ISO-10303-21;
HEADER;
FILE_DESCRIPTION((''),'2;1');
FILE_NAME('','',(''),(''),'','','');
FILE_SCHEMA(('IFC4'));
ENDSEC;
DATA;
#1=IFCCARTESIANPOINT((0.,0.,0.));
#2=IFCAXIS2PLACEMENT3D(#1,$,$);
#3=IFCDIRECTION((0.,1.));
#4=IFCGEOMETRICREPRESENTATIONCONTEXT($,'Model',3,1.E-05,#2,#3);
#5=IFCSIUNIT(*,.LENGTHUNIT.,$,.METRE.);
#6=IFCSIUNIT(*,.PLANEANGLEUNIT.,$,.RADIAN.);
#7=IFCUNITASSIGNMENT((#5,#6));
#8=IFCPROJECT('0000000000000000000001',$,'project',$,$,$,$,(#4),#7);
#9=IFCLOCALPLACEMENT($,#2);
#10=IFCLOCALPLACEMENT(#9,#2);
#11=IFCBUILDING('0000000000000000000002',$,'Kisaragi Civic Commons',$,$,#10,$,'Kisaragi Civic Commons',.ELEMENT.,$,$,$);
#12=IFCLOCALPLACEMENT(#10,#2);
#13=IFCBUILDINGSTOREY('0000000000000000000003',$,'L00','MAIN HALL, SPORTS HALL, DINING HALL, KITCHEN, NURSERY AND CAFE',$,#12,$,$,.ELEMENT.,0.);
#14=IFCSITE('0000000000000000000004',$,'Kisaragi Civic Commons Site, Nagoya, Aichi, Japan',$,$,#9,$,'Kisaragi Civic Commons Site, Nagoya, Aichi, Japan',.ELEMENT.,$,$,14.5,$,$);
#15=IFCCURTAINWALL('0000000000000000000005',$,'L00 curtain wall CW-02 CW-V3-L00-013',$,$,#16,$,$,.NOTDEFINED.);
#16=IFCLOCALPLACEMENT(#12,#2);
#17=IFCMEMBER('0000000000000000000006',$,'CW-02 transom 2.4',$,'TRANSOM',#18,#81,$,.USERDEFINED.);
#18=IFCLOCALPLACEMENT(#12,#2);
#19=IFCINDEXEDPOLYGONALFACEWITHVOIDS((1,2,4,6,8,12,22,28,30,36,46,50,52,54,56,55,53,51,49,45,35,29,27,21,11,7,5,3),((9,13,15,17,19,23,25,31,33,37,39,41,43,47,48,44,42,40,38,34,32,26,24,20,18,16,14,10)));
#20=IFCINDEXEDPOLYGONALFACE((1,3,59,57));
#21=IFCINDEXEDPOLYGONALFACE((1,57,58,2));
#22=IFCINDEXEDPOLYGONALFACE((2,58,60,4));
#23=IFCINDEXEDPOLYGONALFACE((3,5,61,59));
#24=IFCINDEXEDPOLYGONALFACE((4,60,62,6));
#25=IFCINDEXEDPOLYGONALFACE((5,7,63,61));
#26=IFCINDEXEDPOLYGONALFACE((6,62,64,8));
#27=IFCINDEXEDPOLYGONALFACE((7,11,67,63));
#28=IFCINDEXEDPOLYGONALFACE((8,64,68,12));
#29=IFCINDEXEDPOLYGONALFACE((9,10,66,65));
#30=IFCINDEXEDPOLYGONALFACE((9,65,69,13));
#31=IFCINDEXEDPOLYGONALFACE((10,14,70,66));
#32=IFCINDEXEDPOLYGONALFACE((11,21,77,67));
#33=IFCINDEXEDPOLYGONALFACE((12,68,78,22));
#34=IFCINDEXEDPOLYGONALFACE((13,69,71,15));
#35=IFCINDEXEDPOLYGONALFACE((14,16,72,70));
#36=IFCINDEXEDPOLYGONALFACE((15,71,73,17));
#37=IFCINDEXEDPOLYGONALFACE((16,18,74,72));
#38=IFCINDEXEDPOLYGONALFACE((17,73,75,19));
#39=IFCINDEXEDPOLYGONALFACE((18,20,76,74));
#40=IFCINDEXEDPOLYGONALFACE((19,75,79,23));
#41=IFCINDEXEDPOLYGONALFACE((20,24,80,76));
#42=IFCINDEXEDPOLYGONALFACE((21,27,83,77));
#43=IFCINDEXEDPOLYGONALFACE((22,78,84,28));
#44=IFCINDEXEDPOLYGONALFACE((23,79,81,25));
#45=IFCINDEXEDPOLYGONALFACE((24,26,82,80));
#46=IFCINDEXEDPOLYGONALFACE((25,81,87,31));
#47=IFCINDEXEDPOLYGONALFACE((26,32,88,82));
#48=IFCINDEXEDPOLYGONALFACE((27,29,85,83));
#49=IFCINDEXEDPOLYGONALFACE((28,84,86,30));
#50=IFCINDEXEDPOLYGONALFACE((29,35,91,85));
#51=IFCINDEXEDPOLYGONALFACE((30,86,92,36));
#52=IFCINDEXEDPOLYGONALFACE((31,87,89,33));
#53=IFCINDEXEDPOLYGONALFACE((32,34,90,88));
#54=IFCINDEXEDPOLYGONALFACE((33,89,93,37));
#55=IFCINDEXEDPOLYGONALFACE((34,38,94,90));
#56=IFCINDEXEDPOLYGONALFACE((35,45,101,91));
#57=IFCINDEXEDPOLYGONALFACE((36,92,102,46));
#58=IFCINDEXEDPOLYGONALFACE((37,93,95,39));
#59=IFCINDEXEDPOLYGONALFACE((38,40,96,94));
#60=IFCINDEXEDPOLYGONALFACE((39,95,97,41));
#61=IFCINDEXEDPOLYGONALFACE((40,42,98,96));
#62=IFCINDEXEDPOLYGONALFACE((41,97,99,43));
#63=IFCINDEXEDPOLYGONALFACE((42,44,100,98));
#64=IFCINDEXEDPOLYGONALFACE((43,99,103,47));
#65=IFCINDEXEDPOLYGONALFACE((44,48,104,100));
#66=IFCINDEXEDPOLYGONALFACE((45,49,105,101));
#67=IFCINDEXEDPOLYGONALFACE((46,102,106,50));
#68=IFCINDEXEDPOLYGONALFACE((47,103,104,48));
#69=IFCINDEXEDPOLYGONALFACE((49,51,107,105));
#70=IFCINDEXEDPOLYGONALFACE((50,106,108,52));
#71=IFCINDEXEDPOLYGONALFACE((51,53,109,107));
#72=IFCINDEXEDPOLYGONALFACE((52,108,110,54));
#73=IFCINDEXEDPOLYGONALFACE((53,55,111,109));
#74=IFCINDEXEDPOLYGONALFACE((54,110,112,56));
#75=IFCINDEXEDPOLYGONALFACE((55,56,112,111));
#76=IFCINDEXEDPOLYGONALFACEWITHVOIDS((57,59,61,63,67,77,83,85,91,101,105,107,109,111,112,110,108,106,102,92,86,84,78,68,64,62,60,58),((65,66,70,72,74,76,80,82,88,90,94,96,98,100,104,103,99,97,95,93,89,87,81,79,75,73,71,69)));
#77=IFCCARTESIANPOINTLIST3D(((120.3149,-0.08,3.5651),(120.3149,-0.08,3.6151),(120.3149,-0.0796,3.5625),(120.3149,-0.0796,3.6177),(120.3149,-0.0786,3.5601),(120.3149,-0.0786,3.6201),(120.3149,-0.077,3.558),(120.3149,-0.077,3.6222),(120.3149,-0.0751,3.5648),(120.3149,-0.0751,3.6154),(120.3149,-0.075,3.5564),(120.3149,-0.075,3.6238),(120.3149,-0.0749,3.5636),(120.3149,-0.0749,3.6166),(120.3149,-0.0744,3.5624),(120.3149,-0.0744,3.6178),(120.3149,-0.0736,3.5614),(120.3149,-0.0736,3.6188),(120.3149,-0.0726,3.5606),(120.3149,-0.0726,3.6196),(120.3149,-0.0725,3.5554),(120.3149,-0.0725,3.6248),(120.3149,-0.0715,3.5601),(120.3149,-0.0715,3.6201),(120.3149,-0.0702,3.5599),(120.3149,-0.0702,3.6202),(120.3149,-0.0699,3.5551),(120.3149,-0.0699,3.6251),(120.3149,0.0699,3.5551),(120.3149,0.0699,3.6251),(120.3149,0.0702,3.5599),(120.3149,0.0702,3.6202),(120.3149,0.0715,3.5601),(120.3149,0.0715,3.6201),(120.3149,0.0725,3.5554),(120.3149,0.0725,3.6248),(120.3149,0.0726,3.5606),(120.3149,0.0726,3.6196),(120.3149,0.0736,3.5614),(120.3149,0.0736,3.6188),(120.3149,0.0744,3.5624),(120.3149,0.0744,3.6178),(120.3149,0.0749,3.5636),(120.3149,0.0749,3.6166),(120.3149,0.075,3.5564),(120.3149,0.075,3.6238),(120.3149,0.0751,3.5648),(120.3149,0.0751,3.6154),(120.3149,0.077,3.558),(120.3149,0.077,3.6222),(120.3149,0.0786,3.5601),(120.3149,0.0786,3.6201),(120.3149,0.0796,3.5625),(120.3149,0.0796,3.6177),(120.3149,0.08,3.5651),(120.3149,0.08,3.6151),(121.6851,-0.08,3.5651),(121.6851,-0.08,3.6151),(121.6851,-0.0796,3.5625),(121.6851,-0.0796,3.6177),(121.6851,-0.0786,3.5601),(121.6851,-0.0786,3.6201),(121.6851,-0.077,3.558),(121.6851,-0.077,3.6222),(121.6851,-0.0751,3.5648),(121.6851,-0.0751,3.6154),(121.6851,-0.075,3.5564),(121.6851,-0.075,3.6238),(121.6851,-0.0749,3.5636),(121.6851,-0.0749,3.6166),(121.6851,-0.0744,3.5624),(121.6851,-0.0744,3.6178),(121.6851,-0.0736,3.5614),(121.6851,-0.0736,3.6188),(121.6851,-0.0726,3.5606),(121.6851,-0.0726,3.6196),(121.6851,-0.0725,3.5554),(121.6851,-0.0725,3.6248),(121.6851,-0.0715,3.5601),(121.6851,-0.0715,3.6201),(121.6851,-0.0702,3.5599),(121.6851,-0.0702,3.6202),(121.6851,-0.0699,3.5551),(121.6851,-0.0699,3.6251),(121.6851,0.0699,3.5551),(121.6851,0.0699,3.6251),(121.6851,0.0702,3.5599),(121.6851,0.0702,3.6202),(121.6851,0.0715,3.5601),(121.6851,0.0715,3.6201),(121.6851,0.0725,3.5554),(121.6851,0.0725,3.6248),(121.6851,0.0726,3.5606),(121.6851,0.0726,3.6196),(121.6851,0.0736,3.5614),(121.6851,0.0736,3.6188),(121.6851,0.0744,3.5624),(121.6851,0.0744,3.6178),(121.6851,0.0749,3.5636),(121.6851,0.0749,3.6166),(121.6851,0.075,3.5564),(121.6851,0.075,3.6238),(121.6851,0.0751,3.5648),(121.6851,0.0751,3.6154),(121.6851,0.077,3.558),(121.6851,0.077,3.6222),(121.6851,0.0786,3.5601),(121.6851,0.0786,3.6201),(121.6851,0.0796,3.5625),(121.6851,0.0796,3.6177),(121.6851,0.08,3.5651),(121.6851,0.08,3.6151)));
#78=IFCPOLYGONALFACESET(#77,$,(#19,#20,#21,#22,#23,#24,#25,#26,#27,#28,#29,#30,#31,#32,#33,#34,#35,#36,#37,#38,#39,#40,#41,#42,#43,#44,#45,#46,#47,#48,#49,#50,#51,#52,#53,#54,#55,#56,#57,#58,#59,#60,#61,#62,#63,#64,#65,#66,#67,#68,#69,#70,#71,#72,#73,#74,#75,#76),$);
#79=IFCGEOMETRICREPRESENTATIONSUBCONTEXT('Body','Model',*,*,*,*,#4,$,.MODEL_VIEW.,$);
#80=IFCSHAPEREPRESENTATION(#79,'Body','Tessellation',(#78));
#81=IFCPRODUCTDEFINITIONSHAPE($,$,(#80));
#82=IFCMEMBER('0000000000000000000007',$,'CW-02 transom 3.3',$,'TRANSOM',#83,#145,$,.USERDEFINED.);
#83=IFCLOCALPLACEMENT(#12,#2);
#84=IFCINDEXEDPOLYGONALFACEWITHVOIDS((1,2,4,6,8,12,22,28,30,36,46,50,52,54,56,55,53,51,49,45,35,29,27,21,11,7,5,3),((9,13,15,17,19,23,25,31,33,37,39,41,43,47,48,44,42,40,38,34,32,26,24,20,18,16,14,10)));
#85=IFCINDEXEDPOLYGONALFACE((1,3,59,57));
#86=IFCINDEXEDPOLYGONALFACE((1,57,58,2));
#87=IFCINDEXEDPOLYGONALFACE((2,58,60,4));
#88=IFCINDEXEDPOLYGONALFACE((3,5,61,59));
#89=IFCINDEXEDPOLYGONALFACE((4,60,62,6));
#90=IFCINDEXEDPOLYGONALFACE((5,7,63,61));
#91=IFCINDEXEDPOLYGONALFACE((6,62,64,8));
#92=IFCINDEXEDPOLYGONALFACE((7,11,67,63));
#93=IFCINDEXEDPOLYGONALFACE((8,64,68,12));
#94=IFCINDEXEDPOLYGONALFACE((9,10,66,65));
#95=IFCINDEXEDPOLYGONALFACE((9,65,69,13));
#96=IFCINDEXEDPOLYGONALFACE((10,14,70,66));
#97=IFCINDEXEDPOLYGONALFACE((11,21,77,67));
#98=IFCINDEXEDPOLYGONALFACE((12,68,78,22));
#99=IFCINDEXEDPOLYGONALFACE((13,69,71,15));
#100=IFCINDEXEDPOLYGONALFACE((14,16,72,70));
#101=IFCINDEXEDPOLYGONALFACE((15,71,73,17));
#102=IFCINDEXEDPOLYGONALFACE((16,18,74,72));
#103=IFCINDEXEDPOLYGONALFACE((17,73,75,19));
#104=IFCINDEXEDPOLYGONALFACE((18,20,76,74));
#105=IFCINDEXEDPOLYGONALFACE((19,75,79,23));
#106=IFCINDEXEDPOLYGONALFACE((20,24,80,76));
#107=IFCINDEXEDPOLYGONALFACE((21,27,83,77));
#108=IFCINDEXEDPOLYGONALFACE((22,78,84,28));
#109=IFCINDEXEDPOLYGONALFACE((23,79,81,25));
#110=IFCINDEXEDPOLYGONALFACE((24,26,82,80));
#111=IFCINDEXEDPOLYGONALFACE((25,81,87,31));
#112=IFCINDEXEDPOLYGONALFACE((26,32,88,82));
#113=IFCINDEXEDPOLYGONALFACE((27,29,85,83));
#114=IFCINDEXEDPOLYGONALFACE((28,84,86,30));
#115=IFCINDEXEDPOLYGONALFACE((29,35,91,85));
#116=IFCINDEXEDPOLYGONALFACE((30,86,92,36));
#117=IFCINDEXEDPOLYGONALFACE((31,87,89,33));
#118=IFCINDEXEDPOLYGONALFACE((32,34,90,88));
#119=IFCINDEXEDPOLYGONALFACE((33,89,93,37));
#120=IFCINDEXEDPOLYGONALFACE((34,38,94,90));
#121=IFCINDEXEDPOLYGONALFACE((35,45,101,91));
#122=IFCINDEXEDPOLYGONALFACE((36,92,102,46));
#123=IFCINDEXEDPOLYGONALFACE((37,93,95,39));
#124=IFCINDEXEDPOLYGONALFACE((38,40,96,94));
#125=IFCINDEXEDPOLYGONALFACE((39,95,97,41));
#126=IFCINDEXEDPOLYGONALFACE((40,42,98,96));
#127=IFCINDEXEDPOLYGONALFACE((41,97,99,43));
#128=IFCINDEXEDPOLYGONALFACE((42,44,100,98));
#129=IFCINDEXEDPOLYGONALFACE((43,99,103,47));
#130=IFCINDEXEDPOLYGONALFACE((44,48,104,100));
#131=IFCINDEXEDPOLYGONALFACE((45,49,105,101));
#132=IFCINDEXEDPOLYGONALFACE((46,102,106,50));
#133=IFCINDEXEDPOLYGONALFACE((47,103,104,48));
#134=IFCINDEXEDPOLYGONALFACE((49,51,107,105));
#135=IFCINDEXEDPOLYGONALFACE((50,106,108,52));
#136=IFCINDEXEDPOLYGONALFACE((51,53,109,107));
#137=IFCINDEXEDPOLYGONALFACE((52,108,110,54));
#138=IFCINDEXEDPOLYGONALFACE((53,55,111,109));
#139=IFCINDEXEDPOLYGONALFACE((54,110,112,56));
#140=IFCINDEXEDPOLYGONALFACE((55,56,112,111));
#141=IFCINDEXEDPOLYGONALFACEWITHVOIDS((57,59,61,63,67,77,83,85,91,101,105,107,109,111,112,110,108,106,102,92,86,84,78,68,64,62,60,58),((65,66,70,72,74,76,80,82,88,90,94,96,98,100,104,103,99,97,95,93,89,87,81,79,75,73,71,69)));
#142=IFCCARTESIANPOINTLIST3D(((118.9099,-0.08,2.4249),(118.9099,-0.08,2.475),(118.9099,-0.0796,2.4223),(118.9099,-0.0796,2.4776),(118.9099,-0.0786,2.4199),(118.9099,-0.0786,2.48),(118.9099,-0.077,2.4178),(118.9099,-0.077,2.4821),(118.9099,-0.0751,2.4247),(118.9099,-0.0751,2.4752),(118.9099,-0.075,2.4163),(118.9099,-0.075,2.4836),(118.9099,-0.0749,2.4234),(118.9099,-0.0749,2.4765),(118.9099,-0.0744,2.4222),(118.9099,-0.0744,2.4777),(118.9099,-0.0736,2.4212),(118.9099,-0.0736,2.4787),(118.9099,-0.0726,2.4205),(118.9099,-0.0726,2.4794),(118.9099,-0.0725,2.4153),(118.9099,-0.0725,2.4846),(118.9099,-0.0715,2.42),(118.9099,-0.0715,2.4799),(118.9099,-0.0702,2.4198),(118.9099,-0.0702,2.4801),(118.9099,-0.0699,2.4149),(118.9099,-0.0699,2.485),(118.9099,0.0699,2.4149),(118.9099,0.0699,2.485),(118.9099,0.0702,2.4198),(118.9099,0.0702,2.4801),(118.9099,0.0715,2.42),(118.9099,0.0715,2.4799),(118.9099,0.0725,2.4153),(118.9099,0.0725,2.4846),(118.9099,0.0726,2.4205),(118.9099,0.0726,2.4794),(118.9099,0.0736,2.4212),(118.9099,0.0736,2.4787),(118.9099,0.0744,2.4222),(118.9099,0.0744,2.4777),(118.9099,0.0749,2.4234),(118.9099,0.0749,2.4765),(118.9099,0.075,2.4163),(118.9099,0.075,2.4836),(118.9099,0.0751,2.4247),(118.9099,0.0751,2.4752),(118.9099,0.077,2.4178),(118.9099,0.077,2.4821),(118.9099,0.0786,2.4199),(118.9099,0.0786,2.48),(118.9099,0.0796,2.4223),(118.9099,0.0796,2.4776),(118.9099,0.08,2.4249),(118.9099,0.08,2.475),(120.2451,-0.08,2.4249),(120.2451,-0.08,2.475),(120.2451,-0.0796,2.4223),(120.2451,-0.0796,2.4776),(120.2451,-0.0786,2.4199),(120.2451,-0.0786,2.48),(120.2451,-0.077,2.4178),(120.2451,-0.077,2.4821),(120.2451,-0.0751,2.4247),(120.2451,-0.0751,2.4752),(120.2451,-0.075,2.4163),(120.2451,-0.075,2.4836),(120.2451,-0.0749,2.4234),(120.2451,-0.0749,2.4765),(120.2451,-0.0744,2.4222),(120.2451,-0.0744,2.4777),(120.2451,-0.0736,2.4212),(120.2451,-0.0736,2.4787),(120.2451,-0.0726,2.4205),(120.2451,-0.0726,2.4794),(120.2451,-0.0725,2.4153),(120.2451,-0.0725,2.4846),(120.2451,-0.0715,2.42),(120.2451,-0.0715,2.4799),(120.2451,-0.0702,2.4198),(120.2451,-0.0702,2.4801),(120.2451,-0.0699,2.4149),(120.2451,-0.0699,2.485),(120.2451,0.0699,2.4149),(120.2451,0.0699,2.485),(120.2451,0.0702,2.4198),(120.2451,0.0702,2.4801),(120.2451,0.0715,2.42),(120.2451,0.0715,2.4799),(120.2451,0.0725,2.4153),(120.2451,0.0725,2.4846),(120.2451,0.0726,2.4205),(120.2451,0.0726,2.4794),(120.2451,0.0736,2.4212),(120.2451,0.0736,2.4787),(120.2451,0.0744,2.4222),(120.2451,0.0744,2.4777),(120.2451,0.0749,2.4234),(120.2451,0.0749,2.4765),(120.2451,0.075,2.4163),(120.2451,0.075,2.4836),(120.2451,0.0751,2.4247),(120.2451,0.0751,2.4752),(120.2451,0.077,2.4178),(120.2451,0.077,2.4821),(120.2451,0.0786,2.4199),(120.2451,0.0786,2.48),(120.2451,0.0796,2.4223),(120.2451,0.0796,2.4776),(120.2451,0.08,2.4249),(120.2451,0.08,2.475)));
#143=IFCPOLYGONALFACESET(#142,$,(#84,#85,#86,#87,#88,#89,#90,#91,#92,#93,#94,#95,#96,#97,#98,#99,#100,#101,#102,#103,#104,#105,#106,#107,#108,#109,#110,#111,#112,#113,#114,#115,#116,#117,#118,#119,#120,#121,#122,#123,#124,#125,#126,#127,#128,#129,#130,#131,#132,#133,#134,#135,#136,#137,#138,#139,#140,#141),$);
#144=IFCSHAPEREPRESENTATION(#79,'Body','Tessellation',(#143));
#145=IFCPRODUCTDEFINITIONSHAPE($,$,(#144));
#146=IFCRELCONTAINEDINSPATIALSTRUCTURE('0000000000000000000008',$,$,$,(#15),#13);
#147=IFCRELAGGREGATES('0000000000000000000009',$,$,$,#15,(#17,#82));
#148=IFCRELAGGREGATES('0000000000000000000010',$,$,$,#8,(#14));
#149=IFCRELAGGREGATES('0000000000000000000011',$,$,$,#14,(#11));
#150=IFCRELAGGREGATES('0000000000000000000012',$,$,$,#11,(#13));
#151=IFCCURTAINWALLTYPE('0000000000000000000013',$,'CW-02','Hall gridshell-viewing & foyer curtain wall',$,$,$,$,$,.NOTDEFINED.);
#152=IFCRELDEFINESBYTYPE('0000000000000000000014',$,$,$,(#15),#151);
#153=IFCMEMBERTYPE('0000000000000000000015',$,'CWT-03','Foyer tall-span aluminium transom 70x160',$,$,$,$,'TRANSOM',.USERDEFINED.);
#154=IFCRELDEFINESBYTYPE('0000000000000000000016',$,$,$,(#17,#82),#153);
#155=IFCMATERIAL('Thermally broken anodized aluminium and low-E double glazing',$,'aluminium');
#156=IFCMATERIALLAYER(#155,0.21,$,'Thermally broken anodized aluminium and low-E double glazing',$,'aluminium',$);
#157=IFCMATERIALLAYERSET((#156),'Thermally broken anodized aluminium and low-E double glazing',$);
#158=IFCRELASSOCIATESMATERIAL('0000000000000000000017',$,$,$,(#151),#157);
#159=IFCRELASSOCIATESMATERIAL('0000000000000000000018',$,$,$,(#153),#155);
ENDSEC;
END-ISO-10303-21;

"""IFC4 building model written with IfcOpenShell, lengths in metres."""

from ifc_helpers import new_model, si_unit, direction, frame, origin, origin_2d, place, context, subcontext, project, spatial, hollow_rectangle, extrude, material, layer, layer_set, material_profile, profile_set, type_object, element, aggregate, save


model = new_model("IFC4")

# Units and contexts
model_context = context("Model", 3, precision=1e-05, world=origin(), true_north=direction((0.0, 1.0)))
body_context = subcontext(model_context, "Body", "Model", "MODEL_VIEW")
ifc_project = project(units=[si_unit("LENGTHUNIT", "METRE"), si_unit("PLANEANGLEUNIT", "RADIAN")], contexts=[model_context])

# Site, building, storey
site_placement = place(None, origin())
site = spatial("IfcSite", under=ifc_project, at=site_placement, Name="Kisaragi Civic Commons Site, Nagoya, Aichi, Japan", LongName="Kisaragi Civic Commons Site, Nagoya, Aichi, Japan", CompositionType="ELEMENT", RefElevation=14.5)
building_placement = place(site_placement, origin())
building = spatial("IfcBuilding", under=site, at=building_placement, Name="Kisaragi Civic Commons", LongName="Kisaragi Civic Commons", CompositionType="ELEMENT")
storey_placement = place(building_placement, origin())
storey = spatial("IfcBuildingStorey", under=building, at=storey_placement, Name="L00", Description="MAIN HALL, SPORTS HALL, DINING HALL, KITCHEN, NURSERY AND CAFE", CompositionType="ELEMENT", Elevation=0.0)

# Curtain wall, members
ifc_material_1 = material(Name="Thermally broken anodized aluminium and low-E double glazing", Category="aluminium")
ifc_layer_1 = layer(ifc_material_1, 0.21, Name="Thermally broken anodized aluminium and low-E double glazing", Category="aluminium")
ifc_layer_set_1 = layer_set([ifc_layer_1], Name="Thermally broken anodized aluminium and low-E double glazing")
curtain_wall_type = type_object("IfcCurtainWallType", Name="CW-02", Description="Hall gridshell-viewing & foyer curtain wall", PredefinedType="NOTDEFINED", material=ifc_layer_set_1)
curtain_wall_placement = place(storey_placement, origin())
curtain_wall = element("IfcCurtainWall", 1, at=curtain_wall_placement, inside=storey, type_object=curtain_wall_type, Name="L00 curtain wall CW-02 CW-V3-L00-013", PredefinedType="NOTDEFINED")
ifc_material_profile_1 = material_profile(ifc_material_1, hollow_rectangle(XDim=0.1599, YDim=0.0701, WallThickness=0.0049, InnerFilletRadius=0.0049, OuterFilletRadius=0.01, at=origin_2d()), Name="CWT-70x160x5", Category="aluminium")
ifc_profile_set_1 = profile_set([ifc_material_profile_1], Name="Thermally broken anodized aluminium and low-E double glazing")
member_type_1 = type_object("IfcMemberType", Name="CWT-03", Description="Foyer tall-span aluminium transom 70x160", ElementType="TRANSOM", PredefinedType="USERDEFINED", material=ifc_profile_set_1)
member_1_placement = place(storey_placement, frame((121.6851, 0.0, 3.5901), z_axis=(-1.0, 0.0, 0.0), x_axis=(0.0, -1.0, 0.0)))
member_1 = element("IfcMember", 2, at=member_1_placement, type_object=member_type_1, Name="CW-02 transom 2.4", ObjectType="TRANSOM", PredefinedType="USERDEFINED", context=body_context, shape_type="SweptSolid", body=[
    extrude(hollow_rectangle(XDim=0.1599, YDim=0.0701, WallThickness=0.0049, InnerFilletRadius=0.0049, OuterFilletRadius=0.01, at=origin_2d()), origin(), (0.0, 0.0, 1.0), 1.3701),
])
member_2_placement = place(storey_placement, frame((120.2451, 0.0, 2.45), z_axis=(-1.0, 0.0, 0.0), x_axis=(0.0, -1.0, 0.0)))
member_2 = element("IfcMember", 3, at=member_2_placement, type_object=member_type_1, Name="CW-02 transom 3.3", ObjectType="TRANSOM", PredefinedType="USERDEFINED", context=body_context, shape_type="SweptSolid", body=[
    extrude(hollow_rectangle(XDim=0.1599, YDim=0.0701, WallThickness=0.0049, InnerFilletRadius=0.0049, OuterFilletRadius=0.01, at=origin_2d()), origin(), (0.0, 0.0, 1.0), 1.3352),
])

aggregate(curtain_wall, [member_1, member_2])

save(model, "model.ifc")
